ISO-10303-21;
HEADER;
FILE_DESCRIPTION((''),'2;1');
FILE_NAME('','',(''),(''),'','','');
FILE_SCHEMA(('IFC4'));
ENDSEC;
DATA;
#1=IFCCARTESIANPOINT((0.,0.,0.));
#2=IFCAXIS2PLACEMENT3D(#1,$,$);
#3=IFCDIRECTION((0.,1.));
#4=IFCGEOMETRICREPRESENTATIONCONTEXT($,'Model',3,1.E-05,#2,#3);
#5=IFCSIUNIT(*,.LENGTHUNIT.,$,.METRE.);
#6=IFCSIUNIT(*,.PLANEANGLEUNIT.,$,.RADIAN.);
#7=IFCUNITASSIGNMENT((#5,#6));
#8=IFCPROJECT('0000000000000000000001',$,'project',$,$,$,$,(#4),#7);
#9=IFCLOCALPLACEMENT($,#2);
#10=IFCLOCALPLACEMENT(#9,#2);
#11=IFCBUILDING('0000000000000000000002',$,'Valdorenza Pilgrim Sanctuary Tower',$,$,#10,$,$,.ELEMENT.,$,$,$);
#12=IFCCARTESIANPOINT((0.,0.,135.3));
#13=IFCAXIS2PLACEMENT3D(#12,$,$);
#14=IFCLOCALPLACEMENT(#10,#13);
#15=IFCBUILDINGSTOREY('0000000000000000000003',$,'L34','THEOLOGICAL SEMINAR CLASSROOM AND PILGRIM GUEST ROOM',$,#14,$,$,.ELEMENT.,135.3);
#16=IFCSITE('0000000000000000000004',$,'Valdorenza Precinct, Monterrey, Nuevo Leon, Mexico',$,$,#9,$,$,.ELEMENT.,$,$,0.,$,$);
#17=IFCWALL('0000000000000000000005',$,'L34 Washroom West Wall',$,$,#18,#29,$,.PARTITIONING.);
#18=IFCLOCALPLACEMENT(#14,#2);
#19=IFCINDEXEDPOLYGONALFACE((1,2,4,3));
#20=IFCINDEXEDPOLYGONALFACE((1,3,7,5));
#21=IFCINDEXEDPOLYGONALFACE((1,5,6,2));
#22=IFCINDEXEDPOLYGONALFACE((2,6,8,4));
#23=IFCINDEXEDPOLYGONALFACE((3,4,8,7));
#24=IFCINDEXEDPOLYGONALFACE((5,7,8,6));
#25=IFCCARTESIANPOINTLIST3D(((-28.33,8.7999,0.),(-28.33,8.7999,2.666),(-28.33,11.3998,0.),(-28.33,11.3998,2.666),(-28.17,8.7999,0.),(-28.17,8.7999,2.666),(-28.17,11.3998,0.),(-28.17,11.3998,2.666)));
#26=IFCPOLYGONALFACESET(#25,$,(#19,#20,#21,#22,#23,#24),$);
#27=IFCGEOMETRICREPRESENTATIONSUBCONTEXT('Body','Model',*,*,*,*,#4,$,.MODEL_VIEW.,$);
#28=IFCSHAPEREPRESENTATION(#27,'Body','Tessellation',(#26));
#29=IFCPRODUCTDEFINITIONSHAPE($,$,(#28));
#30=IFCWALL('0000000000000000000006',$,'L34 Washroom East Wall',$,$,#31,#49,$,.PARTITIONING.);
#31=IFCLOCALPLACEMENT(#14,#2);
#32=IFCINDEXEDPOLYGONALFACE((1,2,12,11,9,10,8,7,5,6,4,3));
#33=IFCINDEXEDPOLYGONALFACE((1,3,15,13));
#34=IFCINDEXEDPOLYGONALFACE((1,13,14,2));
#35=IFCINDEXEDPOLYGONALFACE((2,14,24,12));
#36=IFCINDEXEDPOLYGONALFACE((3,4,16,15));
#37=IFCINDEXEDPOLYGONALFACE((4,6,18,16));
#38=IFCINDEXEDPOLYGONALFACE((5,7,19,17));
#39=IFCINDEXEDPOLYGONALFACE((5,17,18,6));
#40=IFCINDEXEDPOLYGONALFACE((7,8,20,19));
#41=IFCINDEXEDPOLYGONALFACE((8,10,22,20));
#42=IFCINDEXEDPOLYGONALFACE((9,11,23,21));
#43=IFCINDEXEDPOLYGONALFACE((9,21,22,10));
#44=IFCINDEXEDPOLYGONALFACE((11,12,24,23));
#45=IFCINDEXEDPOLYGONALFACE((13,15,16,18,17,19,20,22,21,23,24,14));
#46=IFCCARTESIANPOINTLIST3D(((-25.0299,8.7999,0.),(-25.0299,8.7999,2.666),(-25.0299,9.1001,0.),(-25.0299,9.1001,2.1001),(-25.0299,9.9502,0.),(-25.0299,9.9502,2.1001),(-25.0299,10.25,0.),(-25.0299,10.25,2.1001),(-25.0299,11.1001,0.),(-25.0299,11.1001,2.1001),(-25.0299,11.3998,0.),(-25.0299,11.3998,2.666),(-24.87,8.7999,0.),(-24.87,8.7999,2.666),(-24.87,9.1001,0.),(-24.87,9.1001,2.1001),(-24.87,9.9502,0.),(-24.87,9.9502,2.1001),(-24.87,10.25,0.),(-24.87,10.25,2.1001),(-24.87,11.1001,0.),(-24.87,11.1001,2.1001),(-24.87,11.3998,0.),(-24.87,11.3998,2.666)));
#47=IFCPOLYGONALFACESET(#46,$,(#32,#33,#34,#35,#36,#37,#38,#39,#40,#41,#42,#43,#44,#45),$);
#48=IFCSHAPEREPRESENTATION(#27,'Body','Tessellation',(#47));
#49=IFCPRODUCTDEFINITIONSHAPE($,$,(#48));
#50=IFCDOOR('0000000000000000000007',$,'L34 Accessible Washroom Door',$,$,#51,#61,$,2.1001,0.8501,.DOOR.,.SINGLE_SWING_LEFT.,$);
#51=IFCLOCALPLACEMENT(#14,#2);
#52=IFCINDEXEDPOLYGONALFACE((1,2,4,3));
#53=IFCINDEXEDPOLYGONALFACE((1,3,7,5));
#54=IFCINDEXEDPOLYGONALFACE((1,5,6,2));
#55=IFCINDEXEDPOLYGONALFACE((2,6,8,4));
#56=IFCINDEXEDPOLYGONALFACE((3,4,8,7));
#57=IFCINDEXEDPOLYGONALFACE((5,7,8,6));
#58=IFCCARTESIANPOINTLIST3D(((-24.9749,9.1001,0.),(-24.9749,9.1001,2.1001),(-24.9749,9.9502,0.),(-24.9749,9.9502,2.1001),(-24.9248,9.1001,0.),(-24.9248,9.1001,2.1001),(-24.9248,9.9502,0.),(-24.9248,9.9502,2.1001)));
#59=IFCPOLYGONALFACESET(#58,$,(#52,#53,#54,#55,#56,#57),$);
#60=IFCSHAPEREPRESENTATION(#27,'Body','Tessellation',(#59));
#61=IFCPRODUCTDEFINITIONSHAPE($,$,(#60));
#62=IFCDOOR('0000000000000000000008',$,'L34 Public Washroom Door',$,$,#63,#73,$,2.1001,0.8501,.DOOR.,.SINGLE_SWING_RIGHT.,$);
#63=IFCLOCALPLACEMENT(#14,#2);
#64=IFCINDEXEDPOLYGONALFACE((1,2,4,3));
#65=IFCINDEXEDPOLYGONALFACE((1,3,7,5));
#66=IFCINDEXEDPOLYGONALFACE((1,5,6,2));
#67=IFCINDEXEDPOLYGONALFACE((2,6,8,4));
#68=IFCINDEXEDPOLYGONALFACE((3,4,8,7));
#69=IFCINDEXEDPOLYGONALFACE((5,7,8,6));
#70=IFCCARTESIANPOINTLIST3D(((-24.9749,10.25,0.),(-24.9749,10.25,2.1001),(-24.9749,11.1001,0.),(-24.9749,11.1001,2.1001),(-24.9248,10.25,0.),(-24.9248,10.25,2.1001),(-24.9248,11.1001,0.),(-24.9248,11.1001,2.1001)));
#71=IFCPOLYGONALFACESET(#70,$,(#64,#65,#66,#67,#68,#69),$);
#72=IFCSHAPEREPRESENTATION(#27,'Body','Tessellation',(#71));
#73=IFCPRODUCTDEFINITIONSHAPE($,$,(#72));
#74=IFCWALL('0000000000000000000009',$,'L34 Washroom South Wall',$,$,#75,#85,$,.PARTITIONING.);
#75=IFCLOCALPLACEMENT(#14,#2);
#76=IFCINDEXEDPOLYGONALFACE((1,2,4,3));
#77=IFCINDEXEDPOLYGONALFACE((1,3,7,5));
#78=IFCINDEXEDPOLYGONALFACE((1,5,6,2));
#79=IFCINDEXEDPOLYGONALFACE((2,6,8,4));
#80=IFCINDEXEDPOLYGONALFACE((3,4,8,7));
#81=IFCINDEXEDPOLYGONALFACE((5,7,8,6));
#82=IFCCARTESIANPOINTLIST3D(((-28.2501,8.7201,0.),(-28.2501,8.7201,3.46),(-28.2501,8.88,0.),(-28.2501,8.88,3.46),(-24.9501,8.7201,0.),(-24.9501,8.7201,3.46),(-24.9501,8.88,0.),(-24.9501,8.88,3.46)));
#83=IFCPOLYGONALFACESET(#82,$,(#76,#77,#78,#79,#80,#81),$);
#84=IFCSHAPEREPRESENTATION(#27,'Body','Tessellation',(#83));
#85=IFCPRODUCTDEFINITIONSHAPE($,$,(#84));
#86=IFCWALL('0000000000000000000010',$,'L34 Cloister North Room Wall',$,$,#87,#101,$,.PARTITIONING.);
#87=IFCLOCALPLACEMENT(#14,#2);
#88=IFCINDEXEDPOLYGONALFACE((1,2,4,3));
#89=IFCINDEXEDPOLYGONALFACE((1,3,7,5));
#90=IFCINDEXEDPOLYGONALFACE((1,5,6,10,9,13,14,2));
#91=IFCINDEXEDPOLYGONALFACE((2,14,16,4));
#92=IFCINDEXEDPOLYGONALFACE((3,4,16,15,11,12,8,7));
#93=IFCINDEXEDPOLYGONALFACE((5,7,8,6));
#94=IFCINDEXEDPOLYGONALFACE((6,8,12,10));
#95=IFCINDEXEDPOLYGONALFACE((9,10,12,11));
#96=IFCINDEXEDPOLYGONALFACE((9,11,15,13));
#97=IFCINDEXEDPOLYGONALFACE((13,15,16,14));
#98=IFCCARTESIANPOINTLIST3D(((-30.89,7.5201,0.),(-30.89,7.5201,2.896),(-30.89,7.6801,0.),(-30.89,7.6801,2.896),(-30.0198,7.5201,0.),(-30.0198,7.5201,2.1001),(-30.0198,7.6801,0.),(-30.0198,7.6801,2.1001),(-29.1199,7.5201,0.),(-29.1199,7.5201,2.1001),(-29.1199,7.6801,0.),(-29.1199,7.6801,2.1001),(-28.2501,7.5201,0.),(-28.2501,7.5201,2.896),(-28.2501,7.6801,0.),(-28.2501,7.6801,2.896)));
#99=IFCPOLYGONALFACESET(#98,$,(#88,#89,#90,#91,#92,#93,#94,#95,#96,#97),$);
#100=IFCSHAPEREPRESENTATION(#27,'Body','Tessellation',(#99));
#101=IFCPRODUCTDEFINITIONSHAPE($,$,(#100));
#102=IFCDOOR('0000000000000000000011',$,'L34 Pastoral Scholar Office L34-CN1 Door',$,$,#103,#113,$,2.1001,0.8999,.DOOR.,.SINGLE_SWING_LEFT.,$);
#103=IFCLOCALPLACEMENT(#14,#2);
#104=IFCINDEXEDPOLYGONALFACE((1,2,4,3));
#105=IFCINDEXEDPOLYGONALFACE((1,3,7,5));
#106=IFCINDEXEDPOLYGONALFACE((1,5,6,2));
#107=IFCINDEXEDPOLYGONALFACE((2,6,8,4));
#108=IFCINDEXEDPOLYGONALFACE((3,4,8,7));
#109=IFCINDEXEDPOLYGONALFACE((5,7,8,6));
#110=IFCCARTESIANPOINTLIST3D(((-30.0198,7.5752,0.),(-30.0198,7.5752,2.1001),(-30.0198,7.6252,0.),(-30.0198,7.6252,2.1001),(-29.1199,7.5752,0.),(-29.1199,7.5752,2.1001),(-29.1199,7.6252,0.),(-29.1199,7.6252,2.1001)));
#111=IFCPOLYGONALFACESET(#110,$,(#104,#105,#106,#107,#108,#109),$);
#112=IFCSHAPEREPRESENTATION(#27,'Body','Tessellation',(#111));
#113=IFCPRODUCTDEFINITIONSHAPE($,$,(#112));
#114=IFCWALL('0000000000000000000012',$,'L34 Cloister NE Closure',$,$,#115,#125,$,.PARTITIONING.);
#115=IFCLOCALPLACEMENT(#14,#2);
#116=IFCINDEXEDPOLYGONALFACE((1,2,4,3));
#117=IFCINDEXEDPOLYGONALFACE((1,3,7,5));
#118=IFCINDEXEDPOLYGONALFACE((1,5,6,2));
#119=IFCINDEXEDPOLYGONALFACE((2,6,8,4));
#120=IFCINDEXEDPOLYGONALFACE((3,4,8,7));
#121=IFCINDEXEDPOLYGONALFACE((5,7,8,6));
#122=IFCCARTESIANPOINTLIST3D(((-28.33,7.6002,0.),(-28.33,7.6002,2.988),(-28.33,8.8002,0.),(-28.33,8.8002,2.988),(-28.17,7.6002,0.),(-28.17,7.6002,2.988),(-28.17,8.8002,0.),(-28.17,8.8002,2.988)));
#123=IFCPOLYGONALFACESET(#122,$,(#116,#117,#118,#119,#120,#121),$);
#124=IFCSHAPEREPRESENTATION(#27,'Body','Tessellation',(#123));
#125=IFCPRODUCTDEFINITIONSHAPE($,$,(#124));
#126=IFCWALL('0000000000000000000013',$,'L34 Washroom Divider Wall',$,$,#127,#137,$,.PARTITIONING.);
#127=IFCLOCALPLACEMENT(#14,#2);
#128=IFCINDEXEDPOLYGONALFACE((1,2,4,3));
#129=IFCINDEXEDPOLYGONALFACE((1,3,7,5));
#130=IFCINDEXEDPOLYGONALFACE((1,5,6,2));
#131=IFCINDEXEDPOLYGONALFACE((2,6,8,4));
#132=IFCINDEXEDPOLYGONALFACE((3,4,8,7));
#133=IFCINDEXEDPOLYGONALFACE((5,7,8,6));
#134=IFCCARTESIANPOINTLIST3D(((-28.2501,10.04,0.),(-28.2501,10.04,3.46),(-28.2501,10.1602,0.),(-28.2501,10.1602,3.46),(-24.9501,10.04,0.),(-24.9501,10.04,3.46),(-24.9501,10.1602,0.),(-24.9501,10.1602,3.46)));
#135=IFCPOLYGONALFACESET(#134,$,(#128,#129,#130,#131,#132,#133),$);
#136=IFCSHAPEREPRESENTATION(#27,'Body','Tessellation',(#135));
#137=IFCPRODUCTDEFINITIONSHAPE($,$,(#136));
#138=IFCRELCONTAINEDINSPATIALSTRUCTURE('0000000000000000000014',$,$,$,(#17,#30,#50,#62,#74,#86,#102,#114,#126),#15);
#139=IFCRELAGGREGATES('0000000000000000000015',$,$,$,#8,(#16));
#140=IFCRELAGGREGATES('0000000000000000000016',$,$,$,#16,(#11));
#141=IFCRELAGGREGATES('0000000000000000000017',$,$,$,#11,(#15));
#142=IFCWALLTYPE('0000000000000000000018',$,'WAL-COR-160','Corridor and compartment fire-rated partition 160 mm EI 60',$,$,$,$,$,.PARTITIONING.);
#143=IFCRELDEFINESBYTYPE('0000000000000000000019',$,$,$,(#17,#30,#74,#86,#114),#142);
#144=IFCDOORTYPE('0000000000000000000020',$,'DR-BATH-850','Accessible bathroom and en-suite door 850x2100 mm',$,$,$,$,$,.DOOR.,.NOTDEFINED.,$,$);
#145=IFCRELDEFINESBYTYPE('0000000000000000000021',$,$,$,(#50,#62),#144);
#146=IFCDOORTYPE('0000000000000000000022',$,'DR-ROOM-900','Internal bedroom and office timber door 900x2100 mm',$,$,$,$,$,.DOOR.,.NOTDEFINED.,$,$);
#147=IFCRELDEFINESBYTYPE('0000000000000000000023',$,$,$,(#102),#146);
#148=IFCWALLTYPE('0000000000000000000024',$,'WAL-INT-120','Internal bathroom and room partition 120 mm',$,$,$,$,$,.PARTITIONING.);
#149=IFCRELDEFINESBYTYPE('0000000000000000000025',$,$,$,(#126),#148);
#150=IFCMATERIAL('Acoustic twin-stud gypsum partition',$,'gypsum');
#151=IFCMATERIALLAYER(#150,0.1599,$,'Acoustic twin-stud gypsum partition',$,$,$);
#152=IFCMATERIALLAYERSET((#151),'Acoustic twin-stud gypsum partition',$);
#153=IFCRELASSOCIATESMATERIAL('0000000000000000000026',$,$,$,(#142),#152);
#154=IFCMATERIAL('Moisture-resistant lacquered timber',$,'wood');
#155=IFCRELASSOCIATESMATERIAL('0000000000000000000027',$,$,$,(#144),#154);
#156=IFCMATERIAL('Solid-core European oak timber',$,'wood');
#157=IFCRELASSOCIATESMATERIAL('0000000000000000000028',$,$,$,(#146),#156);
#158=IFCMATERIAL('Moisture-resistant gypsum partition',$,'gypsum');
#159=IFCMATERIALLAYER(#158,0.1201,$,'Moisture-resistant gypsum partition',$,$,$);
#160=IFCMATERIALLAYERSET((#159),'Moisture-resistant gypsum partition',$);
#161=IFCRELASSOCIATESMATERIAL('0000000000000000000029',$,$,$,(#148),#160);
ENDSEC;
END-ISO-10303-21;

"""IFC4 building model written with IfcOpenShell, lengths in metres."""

from ifc_helpers import new_model, si_unit, direction, frame, frame_2d, origin, place, context, subcontext, project, spatial, rectangle, extrude, material, layer, layer_set, type_object, element, fill, save


model = new_model("IFC4")

# Units and contexts
model_context = context("Model", 3, precision=1e-05, world=origin(), true_north=direction((0.0, 1.0)))
body_context = subcontext(model_context, "Body", "Model", "MODEL_VIEW")
ifc_project = project(units=[si_unit("LENGTHUNIT", "METRE"), si_unit("PLANEANGLEUNIT", "RADIAN")], contexts=[model_context])

# Site, building, storey
site_placement = place(None, origin())
site = spatial("IfcSite", under=ifc_project, at=site_placement, Name="Valdorenza Precinct, Monterrey, Nuevo Leon, Mexico", CompositionType="ELEMENT", RefElevation=0.0)
building_placement = place(site_placement, origin())
building = spatial("IfcBuilding", under=site, at=building_placement, Name="Valdorenza Pilgrim Sanctuary Tower", CompositionType="ELEMENT")
storey_placement = place(building_placement, frame((0.0, 0.0, 135.3)))
storey = spatial("IfcBuildingStorey", under=building, at=storey_placement, Name="L34", Description="THEOLOGICAL SEMINAR CLASSROOM AND PILGRIM GUEST ROOM", CompositionType="ELEMENT", Elevation=135.3)

# Wall
ifc_material_1 = material(Name="Acoustic twin-stud gypsum partition", Category="gypsum")
ifc_layer_1 = layer(ifc_material_1, 0.1599, Name="Acoustic twin-stud gypsum partition")
ifc_layer_set_1 = layer_set([ifc_layer_1], Name="Acoustic twin-stud gypsum partition")
wall_type_1 = type_object("IfcWallType", Name="WAL-COR-160", Description="Corridor and compartment fire-rated partition 160 mm EI 60", PredefinedType="PARTITIONING", material=ifc_layer_set_1)
wall_1_placement = place(storey_placement, frame((-28.25, 8.8, 0.0), z_axis=(0.0, 0.0, 1.0), x_axis=(0.0, 1.0, 0.0)))
element("IfcWall", 1, at=wall_1_placement, inside=storey, type_object=wall_type_1, Name="L34 Washroom West Wall", PredefinedType="PARTITIONING", context=body_context, shape_type="SweptSolid", body=[
    extrude(rectangle(XDim=2.5999, YDim=0.1599, at=frame_2d((1.2998, 0.0))), origin(), (0.0, 0.0, 1.0), 2.666),
])

# Wall, openings, doors
wall_2_placement = place(storey_placement, frame((-24.95, 8.8, 0.0), z_axis=(0.0, 0.0, 1.0), x_axis=(0.0, 1.0, 0.0)))
wall_2 = element("IfcWall", 2, at=wall_2_placement, inside=storey, type_object=wall_type_1, Name="L34 Washroom East Wall", PredefinedType="PARTITIONING", context=body_context, shape_type="SweptSolid", body=[
    extrude(rectangle(XDim=2.5999, YDim=0.1599, at=frame_2d((1.2998, 0.0))), origin(), (0.0, 0.0, 1.0), 2.666),
])
opening_1_placement = place(wall_2_placement, frame((0.3, 0.0, 0.0)))
opening_1 = element("IfcOpeningElement", 3, at=opening_1_placement, cuts=wall_2, PredefinedType="OPENING", context=body_context, shape_type="SweptSolid", body=[
    extrude(rectangle(XDim=0.8501, YDim=2.1001, at=frame_2d((0.425, 1.05))), frame((0.0, 0.0947, 0.0), z_axis=(0.0, -1.0, 0.0), x_axis=(1.0, 0.0, 0.0)), (0.0, 0.0, 1.0), 0.1897),
])
opening_2_placement = place(wall_2_placement, frame((1.45, 0.0, 0.0)))
opening_2 = element("IfcOpeningElement", 4, at=opening_2_placement, cuts=wall_2, PredefinedType="OPENING", context=body_context, shape_type="SweptSolid", body=[
    extrude(rectangle(XDim=0.8501, YDim=2.1001, at=frame_2d((0.425, 1.05))), frame((0.0, 0.0947, 0.0), z_axis=(0.0, -1.0, 0.0), x_axis=(1.0, 0.0, 0.0)), (0.0, 0.0, 1.0), 0.1897),
])
ifc_material_2 = material(Name="Moisture-resistant lacquered timber", Category="wood")
door_type_1 = type_object("IfcDoorType", Name="DR-BATH-850", Description="Accessible bathroom and en-suite door 850x2100 mm", OperationType="NOTDEFINED", PredefinedType="DOOR", material=ifc_material_2)
door_1_placement = place(opening_1_placement, origin())
door_1 = element("IfcDoor", 5, at=door_1_placement, inside=storey, type_object=door_type_1, Name="L34 Accessible Washroom Door", OperationType="SINGLE_SWING_LEFT", OverallHeight=2.1001, OverallWidth=0.8501, PredefinedType="DOOR", context=body_context, shape_type="SweptSolid", body=[
    extrude(rectangle(XDim=0.8501, YDim=2.1001, at=frame_2d((0.425, 1.05))), frame((0.0, 0.0249, 0.0), z_axis=(0.0, -1.0, 0.0), x_axis=(1.0, 0.0, 0.0)), (0.0, 0.0, 1.0), 0.05),
])
fill(opening_1, door_1)
door_2_placement = place(opening_2_placement, origin())
door_2 = element("IfcDoor", 6, at=door_2_placement, inside=storey, type_object=door_type_1, Name="L34 Public Washroom Door", OperationType="SINGLE_SWING_RIGHT", OverallHeight=2.1001, OverallWidth=0.8501, PredefinedType="DOOR", context=body_context, shape_type="SweptSolid", body=[
    extrude(rectangle(XDim=0.8501, YDim=2.1001, at=frame_2d((0.425, 1.05))), frame((0.0, 0.0249, 0.0), z_axis=(0.0, -1.0, 0.0), x_axis=(1.0, 0.0, 0.0)), (0.0, 0.0, 1.0), 0.05),
])
fill(opening_2, door_2)

# Wall
wall_3_placement = place(storey_placement, frame((-28.25, 8.8, 0.0), z_axis=(0.0, 0.0, 1.0), x_axis=(1.0, 0.0, 0.0)))
element("IfcWall", 7, at=wall_3_placement, inside=storey, type_object=wall_type_1, Name="L34 Washroom South Wall", PredefinedType="PARTITIONING", context=body_context, shape_type="SweptSolid", body=[
    extrude(rectangle(XDim=3.3, YDim=0.1599, at=frame_2d((1.6499, 0.0))), origin(), (0.0, 0.0, 1.0), 3.46),
])

# Wall, opening, door
wall_4_placement = place(storey_placement, frame((-30.8899, 7.6001, 0.0), z_axis=(0.0, 0.0, 1.0), x_axis=(1.0, 0.0, 0.0)))
wall_4 = element("IfcWall", 8, at=wall_4_placement, inside=storey, type_object=wall_type_1, Name="L34 Cloister North Room Wall", PredefinedType="PARTITIONING", context=body_context, shape_type="SweptSolid", body=[
    extrude(rectangle(XDim=2.6399, YDim=0.1599, at=frame_2d((1.3198, 0.0))), origin(), (0.0, 0.0, 1.0), 2.896),
])
opening_3_placement = place(wall_4_placement, frame((0.8701, 0.0, 0.0)))
opening_3 = element("IfcOpeningElement", 9, at=opening_3_placement, cuts=wall_4, PredefinedType="OPENING", context=body_context, shape_type="SweptSolid", body=[
    extrude(rectangle(XDim=0.8999, YDim=2.1001, at=frame_2d((0.45, 1.05))), frame((0.0, 0.0947, 0.0), z_axis=(0.0, -1.0, 0.0), x_axis=(1.0, 0.0, 0.0)), (0.0, 0.0, 1.0), 0.1897),
])
ifc_material_3 = material(Name="Solid-core European oak timber", Category="wood")
door_type_2 = type_object("IfcDoorType", Name="DR-ROOM-900", Description="Internal bedroom and office timber door 900x2100 mm", OperationType="NOTDEFINED", PredefinedType="DOOR", material=ifc_material_3)
door_3_placement = place(opening_3_placement, frame((0.8999, 0.0, 0.0), z_axis=(0.0, 0.0, 1.0), x_axis=(-1.0, 0.0, 0.0)))
door_3 = element("IfcDoor", 10, at=door_3_placement, inside=storey, type_object=door_type_2, Name="L34 Pastoral Scholar Office L34-CN1 Door", OperationType="SINGLE_SWING_LEFT", OverallHeight=2.1001, OverallWidth=0.8999, PredefinedType="DOOR", context=body_context, shape_type="SweptSolid", body=[
    extrude(rectangle(XDim=0.8999, YDim=2.1001, at=frame_2d((0.45, 1.05))), frame((0.0, 0.0249, 0.0), z_axis=(0.0, -1.0, 0.0), x_axis=(1.0, 0.0, 0.0)), (0.0, 0.0, 1.0), 0.05),
])
fill(opening_3, door_3)

# Walls
wall_5_placement = place(storey_placement, frame((-28.25, 7.6001, 0.0), z_axis=(0.0, 0.0, 1.0), x_axis=(0.0, 1.0, 0.0)))
element("IfcWall", 11, at=wall_5_placement, inside=storey, type_object=wall_type_1, Name="L34 Cloister NE Closure", PredefinedType="PARTITIONING", context=body_context, shape_type="SweptSolid", body=[
    extrude(rectangle(XDim=1.2, YDim=0.1599, at=frame_2d((0.6001, 0.0))), origin(), (0.0, 0.0, 1.0), 2.988),
])
ifc_material_4 = material(Name="Moisture-resistant gypsum partition", Category="gypsum")
ifc_layer_2 = layer(ifc_material_4, 0.1201, Name="Moisture-resistant gypsum partition")
ifc_layer_set_2 = layer_set([ifc_layer_2], Name="Moisture-resistant gypsum partition")
wall_type_2 = type_object("IfcWallType", Name="WAL-INT-120", Description="Internal bathroom and room partition 120 mm", PredefinedType="PARTITIONING", material=ifc_layer_set_2)
wall_6_placement = place(storey_placement, frame((-28.25, 10.1001, 0.0), z_axis=(0.0, 0.0, 1.0), x_axis=(1.0, 0.0, 0.0)))
element("IfcWall", 12, at=wall_6_placement, inside=storey, type_object=wall_type_2, Name="L34 Washroom Divider Wall", PredefinedType="PARTITIONING", context=body_context, shape_type="SweptSolid", body=[
    extrude(rectangle(XDim=3.3, YDim=0.1201, at=frame_2d((1.6499, 0.0))), origin(), (0.0, 0.0, 1.0), 3.46),
])

save(model, "model.ifc")
